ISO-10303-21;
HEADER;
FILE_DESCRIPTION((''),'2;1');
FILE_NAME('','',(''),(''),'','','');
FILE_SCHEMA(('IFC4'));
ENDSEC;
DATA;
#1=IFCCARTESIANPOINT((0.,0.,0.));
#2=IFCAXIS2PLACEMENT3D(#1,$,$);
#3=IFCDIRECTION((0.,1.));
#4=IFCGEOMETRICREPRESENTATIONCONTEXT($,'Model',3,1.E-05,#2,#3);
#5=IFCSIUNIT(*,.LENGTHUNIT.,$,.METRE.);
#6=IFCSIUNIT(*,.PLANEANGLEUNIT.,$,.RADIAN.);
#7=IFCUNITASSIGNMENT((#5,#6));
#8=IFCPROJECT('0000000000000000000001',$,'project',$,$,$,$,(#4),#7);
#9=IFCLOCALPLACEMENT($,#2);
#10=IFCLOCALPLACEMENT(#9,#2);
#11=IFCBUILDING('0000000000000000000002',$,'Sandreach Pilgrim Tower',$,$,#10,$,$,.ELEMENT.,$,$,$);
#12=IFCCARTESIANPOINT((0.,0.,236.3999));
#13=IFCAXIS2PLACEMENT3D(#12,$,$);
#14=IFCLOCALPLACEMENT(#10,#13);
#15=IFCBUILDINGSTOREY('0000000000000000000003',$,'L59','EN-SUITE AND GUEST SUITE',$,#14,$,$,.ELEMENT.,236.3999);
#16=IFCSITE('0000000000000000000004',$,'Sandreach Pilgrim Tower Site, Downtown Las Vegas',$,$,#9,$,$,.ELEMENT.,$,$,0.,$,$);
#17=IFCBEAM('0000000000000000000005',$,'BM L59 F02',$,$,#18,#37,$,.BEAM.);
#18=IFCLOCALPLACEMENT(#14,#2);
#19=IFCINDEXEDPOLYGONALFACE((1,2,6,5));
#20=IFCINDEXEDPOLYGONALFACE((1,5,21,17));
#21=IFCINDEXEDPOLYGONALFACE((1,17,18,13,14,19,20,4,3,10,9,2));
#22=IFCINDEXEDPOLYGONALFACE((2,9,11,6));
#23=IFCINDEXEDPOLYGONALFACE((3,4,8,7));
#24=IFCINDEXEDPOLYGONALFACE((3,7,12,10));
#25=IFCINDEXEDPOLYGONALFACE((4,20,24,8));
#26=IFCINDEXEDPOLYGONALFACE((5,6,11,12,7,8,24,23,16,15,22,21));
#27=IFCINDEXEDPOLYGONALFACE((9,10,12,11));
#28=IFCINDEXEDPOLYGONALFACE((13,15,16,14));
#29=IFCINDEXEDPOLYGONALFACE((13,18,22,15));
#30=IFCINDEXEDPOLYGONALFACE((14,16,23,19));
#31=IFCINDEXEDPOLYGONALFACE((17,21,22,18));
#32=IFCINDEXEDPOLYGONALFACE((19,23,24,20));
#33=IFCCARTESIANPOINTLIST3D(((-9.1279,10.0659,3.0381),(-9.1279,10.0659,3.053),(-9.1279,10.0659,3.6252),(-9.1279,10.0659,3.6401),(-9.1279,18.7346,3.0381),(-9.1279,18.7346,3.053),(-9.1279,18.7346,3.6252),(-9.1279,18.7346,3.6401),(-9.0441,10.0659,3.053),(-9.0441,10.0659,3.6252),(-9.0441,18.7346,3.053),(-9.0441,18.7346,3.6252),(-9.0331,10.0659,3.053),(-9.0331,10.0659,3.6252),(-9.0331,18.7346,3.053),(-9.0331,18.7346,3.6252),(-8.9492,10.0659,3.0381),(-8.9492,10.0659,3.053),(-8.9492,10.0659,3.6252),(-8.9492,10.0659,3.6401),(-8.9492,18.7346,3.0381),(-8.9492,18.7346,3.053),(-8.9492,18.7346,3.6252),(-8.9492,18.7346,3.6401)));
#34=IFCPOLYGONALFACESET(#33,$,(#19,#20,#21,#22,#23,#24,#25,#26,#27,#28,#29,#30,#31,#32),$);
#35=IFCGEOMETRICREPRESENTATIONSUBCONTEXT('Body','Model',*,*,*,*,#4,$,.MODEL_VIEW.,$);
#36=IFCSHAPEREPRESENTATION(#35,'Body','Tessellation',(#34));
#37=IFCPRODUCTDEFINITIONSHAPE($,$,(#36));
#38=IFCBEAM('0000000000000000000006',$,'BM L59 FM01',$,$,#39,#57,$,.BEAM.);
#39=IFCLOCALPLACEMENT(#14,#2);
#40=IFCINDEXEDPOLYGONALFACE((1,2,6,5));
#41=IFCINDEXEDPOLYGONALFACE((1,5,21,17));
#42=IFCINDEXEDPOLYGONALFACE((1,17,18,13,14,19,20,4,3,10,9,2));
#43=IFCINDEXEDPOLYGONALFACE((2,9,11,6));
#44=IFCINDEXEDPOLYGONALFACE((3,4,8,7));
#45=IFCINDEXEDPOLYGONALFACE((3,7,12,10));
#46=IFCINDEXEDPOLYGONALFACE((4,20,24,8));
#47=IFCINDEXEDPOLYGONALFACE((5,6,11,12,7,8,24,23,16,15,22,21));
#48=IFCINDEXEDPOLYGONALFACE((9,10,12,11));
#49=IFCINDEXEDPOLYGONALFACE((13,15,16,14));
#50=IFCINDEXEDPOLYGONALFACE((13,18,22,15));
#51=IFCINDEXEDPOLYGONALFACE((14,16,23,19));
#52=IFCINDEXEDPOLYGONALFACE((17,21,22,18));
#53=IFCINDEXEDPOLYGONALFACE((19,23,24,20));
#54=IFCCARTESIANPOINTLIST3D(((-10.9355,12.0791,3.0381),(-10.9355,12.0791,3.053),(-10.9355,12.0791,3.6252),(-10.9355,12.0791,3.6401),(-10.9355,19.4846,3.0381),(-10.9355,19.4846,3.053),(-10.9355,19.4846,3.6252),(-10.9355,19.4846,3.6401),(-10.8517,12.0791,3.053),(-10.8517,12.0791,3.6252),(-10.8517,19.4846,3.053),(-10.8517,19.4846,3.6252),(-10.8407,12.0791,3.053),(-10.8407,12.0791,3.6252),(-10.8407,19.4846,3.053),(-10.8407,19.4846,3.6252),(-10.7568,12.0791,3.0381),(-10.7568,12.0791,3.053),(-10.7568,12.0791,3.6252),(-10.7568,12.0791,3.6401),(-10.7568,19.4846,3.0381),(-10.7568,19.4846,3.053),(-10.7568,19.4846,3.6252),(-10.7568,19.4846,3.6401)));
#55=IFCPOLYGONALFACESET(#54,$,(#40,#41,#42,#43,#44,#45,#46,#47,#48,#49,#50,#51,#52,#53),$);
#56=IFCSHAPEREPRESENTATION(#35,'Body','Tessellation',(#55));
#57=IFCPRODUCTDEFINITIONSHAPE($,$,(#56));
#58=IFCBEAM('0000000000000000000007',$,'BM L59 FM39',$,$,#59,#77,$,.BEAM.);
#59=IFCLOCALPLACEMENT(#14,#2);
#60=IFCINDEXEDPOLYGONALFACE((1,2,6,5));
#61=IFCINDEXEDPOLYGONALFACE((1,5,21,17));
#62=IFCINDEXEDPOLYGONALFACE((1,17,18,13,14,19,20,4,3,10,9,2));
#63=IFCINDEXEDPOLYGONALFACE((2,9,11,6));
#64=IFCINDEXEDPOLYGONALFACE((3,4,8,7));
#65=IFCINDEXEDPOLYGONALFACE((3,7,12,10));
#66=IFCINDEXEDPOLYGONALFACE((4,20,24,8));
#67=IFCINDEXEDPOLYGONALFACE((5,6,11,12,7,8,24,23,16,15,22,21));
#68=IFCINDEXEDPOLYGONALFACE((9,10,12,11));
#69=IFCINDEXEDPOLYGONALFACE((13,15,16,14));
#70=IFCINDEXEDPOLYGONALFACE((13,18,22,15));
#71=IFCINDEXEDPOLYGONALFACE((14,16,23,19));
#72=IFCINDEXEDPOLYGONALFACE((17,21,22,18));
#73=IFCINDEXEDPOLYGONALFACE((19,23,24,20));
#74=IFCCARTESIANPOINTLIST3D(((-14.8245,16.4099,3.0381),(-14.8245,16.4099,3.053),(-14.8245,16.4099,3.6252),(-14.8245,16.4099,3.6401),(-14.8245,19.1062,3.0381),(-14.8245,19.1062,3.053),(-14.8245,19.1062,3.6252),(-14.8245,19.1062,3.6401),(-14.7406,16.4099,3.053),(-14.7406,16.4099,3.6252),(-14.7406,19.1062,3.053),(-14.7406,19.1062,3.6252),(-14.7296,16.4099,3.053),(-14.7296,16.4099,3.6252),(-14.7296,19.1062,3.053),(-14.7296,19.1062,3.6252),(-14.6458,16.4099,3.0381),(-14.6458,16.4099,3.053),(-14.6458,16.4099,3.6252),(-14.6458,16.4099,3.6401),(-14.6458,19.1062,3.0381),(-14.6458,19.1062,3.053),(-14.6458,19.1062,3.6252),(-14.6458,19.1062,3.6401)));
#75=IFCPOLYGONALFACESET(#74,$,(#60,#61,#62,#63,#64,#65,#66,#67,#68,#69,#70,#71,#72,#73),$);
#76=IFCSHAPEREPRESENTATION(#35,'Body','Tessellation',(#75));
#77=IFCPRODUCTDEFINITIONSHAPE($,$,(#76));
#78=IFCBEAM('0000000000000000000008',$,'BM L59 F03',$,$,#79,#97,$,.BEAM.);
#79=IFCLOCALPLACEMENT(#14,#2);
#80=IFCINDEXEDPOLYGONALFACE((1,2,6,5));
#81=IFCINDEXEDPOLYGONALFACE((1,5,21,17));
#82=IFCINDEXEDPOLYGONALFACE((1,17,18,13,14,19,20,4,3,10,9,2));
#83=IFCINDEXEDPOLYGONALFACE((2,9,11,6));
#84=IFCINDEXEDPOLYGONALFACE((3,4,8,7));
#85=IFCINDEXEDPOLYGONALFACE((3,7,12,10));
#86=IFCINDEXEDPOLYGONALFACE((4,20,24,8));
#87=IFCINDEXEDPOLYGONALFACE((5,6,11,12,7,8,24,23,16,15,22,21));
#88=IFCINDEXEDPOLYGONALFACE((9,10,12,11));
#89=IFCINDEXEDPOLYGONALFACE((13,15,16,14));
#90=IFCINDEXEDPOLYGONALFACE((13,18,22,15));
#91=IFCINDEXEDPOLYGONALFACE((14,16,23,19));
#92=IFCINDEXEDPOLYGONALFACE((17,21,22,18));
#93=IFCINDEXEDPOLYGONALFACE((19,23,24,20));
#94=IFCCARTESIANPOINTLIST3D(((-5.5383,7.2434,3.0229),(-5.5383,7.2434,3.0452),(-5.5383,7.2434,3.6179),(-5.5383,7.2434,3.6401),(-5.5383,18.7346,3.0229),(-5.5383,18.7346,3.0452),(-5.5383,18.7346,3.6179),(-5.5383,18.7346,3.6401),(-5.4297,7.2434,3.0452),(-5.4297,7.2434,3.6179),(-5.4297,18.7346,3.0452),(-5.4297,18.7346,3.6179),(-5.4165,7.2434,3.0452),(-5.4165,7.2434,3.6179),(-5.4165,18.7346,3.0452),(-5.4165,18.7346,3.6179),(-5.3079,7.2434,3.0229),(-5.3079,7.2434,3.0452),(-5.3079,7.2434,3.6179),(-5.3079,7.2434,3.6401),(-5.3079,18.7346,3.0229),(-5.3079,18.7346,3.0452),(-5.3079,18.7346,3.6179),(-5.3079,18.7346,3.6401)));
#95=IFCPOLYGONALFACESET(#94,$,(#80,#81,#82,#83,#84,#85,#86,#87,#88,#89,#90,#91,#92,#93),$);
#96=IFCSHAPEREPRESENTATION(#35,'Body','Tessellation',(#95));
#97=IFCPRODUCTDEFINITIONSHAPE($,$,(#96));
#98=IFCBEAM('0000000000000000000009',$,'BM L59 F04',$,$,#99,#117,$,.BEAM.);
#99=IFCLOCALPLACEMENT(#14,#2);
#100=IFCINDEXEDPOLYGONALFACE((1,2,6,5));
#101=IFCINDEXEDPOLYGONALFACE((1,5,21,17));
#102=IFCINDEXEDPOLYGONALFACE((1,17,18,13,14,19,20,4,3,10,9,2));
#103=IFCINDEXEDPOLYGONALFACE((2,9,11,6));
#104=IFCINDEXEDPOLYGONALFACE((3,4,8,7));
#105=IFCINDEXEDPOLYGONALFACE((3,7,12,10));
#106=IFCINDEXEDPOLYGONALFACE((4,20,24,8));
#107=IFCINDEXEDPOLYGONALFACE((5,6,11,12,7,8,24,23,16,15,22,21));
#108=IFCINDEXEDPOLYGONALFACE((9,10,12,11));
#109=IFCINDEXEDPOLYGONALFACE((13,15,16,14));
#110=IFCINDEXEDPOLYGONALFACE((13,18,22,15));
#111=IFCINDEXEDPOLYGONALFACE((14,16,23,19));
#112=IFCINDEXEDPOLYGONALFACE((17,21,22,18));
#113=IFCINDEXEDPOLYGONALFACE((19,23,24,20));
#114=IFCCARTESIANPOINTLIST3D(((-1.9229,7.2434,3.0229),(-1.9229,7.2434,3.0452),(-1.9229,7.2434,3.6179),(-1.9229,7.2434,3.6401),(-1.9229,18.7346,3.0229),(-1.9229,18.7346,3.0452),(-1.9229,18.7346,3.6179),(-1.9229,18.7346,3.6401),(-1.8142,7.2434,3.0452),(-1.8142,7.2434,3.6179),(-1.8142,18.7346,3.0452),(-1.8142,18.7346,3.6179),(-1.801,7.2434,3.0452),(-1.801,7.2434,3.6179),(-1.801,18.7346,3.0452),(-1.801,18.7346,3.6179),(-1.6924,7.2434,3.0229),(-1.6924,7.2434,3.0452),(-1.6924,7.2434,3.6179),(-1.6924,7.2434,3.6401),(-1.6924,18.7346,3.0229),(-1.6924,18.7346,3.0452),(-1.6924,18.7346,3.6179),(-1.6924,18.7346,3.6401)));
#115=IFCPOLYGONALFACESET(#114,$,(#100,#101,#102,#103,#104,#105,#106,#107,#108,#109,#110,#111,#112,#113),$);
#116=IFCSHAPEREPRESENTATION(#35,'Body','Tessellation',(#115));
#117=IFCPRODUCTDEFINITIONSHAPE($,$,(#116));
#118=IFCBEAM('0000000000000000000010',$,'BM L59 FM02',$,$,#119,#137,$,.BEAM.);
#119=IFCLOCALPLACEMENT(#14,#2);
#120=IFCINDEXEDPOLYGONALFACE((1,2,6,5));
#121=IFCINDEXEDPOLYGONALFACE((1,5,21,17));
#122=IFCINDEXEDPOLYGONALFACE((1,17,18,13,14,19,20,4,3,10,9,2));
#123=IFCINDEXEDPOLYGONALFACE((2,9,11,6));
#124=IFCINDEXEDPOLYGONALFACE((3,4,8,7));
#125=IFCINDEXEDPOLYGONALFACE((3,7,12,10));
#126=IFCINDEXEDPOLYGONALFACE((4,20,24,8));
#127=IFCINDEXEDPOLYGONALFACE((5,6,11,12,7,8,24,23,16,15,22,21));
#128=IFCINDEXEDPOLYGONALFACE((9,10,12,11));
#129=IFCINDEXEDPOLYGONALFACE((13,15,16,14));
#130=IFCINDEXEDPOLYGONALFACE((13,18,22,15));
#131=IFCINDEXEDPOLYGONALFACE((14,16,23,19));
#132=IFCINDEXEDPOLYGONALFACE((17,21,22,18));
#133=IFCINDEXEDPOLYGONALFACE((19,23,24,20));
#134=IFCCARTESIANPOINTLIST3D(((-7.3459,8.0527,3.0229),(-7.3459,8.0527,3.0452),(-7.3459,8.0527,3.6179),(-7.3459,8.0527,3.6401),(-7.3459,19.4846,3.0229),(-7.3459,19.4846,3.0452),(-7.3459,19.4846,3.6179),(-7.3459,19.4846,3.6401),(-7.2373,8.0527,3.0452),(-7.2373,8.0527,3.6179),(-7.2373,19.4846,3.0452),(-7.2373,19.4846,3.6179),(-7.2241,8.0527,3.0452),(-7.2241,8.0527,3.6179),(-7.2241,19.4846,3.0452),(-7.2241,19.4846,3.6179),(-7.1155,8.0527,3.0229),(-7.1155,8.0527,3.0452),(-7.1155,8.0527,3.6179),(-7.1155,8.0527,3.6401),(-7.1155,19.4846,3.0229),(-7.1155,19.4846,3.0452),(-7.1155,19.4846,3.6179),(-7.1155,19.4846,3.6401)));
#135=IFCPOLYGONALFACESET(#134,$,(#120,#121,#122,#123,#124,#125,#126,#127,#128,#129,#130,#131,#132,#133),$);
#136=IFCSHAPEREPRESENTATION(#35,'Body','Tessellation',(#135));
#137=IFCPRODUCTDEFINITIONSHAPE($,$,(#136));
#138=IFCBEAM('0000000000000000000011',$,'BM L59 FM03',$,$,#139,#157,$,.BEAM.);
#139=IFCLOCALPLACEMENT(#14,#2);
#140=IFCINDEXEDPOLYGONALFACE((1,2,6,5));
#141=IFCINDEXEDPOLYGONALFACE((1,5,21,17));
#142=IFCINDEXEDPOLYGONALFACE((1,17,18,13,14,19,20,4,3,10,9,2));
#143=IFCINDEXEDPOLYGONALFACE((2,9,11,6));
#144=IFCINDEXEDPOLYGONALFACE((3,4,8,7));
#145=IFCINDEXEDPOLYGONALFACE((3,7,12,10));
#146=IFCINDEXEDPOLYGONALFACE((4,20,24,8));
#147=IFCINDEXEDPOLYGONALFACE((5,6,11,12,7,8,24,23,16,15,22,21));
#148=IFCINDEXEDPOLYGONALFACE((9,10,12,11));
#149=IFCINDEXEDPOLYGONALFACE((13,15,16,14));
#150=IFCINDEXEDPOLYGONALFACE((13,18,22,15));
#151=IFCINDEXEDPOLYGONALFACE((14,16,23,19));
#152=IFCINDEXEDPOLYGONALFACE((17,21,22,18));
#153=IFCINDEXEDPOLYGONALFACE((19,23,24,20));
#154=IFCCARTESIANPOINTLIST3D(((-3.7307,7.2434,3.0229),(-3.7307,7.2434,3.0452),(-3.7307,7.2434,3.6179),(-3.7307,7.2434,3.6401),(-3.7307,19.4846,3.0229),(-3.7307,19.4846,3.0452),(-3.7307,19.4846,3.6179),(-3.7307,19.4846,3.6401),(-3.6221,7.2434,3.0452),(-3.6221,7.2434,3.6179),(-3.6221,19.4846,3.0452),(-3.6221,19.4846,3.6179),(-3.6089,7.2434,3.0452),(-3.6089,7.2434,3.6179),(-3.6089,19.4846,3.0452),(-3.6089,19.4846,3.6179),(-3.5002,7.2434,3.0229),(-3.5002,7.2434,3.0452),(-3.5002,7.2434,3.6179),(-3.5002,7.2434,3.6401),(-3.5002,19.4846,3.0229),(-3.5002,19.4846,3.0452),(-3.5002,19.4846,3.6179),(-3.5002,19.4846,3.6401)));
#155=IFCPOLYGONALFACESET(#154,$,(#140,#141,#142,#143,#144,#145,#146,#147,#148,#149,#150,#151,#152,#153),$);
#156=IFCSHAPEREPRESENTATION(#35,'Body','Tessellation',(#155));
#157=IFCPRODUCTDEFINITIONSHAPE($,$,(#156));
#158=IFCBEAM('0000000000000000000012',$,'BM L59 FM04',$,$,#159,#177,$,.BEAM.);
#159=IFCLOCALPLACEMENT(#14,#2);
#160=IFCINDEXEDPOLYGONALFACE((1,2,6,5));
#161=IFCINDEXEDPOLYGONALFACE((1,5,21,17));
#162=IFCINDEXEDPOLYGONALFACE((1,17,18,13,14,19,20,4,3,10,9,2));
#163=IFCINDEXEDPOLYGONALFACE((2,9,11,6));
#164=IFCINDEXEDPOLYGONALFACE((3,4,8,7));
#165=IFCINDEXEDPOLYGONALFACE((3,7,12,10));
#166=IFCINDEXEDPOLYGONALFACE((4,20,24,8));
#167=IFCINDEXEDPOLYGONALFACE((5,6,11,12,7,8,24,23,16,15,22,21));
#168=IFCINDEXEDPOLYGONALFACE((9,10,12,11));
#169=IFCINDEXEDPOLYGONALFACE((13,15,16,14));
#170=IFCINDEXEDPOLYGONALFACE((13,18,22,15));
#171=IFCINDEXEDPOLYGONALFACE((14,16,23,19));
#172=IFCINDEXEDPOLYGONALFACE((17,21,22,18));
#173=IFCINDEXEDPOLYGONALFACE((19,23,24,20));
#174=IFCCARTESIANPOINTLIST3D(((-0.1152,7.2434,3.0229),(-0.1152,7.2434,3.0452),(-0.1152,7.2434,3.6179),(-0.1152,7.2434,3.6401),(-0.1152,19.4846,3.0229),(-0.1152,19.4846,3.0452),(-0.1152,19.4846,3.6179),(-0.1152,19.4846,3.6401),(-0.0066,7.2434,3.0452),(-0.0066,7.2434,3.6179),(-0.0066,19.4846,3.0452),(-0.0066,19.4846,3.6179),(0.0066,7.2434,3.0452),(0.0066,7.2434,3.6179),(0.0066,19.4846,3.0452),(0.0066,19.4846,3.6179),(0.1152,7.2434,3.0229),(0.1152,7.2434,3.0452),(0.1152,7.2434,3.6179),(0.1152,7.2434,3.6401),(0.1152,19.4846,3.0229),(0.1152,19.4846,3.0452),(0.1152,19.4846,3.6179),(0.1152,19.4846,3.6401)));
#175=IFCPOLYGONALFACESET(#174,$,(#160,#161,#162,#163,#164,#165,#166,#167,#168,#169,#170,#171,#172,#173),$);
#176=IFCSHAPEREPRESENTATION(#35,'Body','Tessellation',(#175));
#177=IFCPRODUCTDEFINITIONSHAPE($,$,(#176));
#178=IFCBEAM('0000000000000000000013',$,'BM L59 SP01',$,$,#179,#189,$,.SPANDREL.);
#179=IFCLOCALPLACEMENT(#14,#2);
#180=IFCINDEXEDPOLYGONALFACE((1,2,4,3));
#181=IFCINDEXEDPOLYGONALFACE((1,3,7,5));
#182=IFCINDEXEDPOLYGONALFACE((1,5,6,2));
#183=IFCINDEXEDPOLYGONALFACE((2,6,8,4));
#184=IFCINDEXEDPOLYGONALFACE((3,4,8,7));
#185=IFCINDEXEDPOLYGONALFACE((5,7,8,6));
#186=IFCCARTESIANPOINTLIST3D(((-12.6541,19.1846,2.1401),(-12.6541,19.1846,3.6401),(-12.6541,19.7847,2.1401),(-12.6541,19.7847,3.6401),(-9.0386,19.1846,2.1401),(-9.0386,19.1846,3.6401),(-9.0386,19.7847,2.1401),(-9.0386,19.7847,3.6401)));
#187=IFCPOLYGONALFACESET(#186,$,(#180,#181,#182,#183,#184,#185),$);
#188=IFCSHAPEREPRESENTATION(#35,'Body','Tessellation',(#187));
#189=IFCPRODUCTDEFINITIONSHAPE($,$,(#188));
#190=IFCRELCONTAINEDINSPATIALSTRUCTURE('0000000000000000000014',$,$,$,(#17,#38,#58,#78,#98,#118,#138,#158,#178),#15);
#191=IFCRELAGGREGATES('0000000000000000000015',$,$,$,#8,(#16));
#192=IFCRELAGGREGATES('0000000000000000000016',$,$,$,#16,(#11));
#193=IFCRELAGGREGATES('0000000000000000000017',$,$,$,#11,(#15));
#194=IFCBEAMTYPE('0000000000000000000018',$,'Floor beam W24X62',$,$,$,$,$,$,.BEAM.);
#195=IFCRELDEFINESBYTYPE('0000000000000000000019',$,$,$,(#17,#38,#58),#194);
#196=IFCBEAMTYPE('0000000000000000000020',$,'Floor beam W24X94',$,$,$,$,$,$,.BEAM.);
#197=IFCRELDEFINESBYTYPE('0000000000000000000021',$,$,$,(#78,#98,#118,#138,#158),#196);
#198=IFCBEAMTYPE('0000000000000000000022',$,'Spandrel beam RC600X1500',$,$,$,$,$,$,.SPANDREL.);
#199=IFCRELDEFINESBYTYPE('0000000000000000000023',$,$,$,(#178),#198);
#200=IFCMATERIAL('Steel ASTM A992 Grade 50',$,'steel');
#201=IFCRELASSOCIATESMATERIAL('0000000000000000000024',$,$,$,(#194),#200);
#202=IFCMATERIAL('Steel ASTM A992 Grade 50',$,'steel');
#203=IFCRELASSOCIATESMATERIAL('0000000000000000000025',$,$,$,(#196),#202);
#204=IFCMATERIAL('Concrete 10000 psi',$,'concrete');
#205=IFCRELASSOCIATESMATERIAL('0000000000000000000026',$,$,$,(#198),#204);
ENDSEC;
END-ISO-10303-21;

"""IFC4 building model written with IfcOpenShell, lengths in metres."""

from ifc_helpers import new_model, si_unit, direction, frame, origin, origin_2d, place, context, subcontext, project, spatial, rectangle, i_section, extrude, material, material_profile, profile_set, type_object, element, save


model = new_model("IFC4")

# Units and contexts
model_context = context("Model", 3, precision=1e-05, world=origin(), true_north=direction((0.0, 1.0)))
body_context = subcontext(model_context, "Body", "Model", "MODEL_VIEW")
ifc_project = project(units=[si_unit("LENGTHUNIT", "METRE"), si_unit("PLANEANGLEUNIT", "RADIAN")], contexts=[model_context])

# Site, building, storey
site_placement = place(None, origin())
site = spatial("IfcSite", under=ifc_project, at=site_placement, Name="Sandreach Pilgrim Tower Site, Downtown Las Vegas", CompositionType="ELEMENT", RefElevation=0.0)
building_placement = place(site_placement, origin())
building = spatial("IfcBuilding", under=site, at=building_placement, Name="Sandreach Pilgrim Tower", CompositionType="ELEMENT")
storey_placement = place(building_placement, frame((0.0, 0.0, 236.3999)))
storey = spatial("IfcBuildingStorey", under=building, at=storey_placement, Name="L59", Description="EN-SUITE AND GUEST SUITE", CompositionType="ELEMENT", Elevation=236.3999)

# Beams
ifc_material_1 = material(Name="Steel ASTM A992 Grade 50", Category="steel")
ifc_material_profile_1 = material_profile(ifc_material_1, i_section(OverallWidth=0.1787, OverallDepth=0.6021, WebThickness=0.011, FlangeThickness=0.0149, at=origin_2d()), Name="W24X62")
ifc_profile_set_1 = profile_set([ifc_material_profile_1], Name="Steel ASTM A992 Grade 50")
beam_type_1 = type_object("IfcBeamType", Name="Floor beam W24X62", PredefinedType="BEAM", material=ifc_profile_set_1)
beam_1_placement = place(storey_placement, frame((-9.0386, 18.7346, 3.3391), z_axis=(0.0, -1.0, 0.0), x_axis=(1.0, 0.0, 0.0)))
element("IfcBeam", 1, at=beam_1_placement, inside=storey, type_object=beam_type_1, Name="BM L59 F02", PredefinedType="BEAM", context=body_context, shape_type="SweptSolid", body=[
    extrude(i_section(OverallWidth=0.1787, OverallDepth=0.6021, WebThickness=0.011, FlangeThickness=0.0149, at=origin_2d()), origin(), (0.0, 0.0, 1.0), 8.6687),
])
beam_2_placement = place(storey_placement, frame((-10.8462, 19.4846, 3.3391), z_axis=(0.0, -1.0, 0.0), x_axis=(1.0, 0.0, 0.0)))
element("IfcBeam", 2, at=beam_2_placement, inside=storey, type_object=beam_type_1, Name="BM L59 FM01", PredefinedType="BEAM", context=body_context, shape_type="SweptSolid", body=[
    extrude(i_section(OverallWidth=0.1787, OverallDepth=0.6021, WebThickness=0.011, FlangeThickness=0.0149, at=origin_2d()), origin(), (0.0, 0.0, 1.0), 7.4055),
])
beam_3_placement = place(storey_placement, frame((-14.7351, 19.1062, 3.3391), z_axis=(0.0, -1.0, 0.0), x_axis=(1.0, 0.0, 0.0)))
element("IfcBeam", 3, at=beam_3_placement, inside=storey, type_object=beam_type_1, Name="BM L59 FM39", PredefinedType="BEAM", context=body_context, shape_type="SweptSolid", body=[
    extrude(i_section(OverallWidth=0.1787, OverallDepth=0.6021, WebThickness=0.011, FlangeThickness=0.0149, at=origin_2d()), origin(), (0.0, 0.0, 1.0), 2.6963),
])
ifc_material_2 = material(Name="Steel ASTM A992 Grade 50", Category="steel")
ifc_material_profile_2 = material_profile(ifc_material_2, i_section(OverallWidth=0.2305, OverallDepth=0.6172, WebThickness=0.0132, FlangeThickness=0.0222, at=origin_2d()), Name="W24X94")
ifc_profile_set_2 = profile_set([ifc_material_profile_2], Name="Steel ASTM A992 Grade 50")
beam_type_2 = type_object("IfcBeamType", Name="Floor beam W24X94", PredefinedType="BEAM", material=ifc_profile_set_2)
for number, where, z_axis, x_axis, name in (
    (4, (-5.4231, 18.7346, 3.3315), (0.0, -1.0, 0.0), (1.0, 0.0, 0.0), "BM L59 F03"),
    (5, (-1.8076, 18.7346, 3.3315), (0.0, -1.0, 0.0), (1.0, 0.0, 0.0), "BM L59 F04"),
):
    element("IfcBeam", number, at=place(storey_placement, frame(where, z_axis=z_axis, x_axis=x_axis)), inside=storey, type_object=beam_type_2, Name=name, PredefinedType="BEAM", context=body_context, shape_type="SweptSolid", body=[
        extrude(i_section(OverallWidth=0.2305, OverallDepth=0.6172, WebThickness=0.0132, FlangeThickness=0.0222, at=origin_2d()), origin(), (0.0, 0.0, 1.0), 11.4912),
    ])
beam_4_placement = place(storey_placement, frame((-7.2307, 19.4846, 3.3315), z_axis=(0.0, -1.0, 0.0), x_axis=(1.0, 0.0, 0.0)))
element("IfcBeam", 6, at=beam_4_placement, inside=storey, type_object=beam_type_2, Name="BM L59 FM02", PredefinedType="BEAM", context=body_context, shape_type="SweptSolid", body=[
    extrude(i_section(OverallWidth=0.2305, OverallDepth=0.6172, WebThickness=0.0132, FlangeThickness=0.0222, at=origin_2d()), origin(), (0.0, 0.0, 1.0), 11.4319),
])
for number, where, z_axis, x_axis, name in (
    (7, (-3.6155, 19.4846, 3.3315), (0.0, -1.0, 0.0), (1.0, 0.0, 0.0), "BM L59 FM03"),
    (8, (0.0, 19.4846, 3.3315), (0.0, -1.0, 0.0), (1.0, 0.0, 0.0), "BM L59 FM04"),
):
    element("IfcBeam", number, at=place(storey_placement, frame(where, z_axis=z_axis, x_axis=x_axis)), inside=storey, type_object=beam_type_2, Name=name, PredefinedType="BEAM", context=body_context, shape_type="SweptSolid", body=[
        extrude(i_section(OverallWidth=0.2305, OverallDepth=0.6172, WebThickness=0.0132, FlangeThickness=0.0222, at=origin_2d()), origin(), (0.0, 0.0, 1.0), 12.2412),
    ])
ifc_material_3 = material(Name="Concrete 10000 psi", Category="concrete")
ifc_material_profile_3 = material_profile(ifc_material_3, rectangle(XDim=0.6001, YDim=1.5, at=origin_2d()), Name="RC600X1500")
ifc_profile_set_3 = profile_set([ifc_material_profile_3], Name="Concrete 10000 psi")
beam_type_3 = type_object("IfcBeamType", Name="Spandrel beam RC600X1500", PredefinedType="SPANDREL", material=ifc_profile_set_3)
for number, where, z_axis, x_axis, name in (
    (9, (-12.6541, 19.4846, 2.8901), (1.0, 0.0, 0.0), (0.0, 1.0, 0.0), "BM L59 SP01"),
):
    element("IfcBeam", number, at=place(storey_placement, frame(where, z_axis=z_axis, x_axis=x_axis)), inside=storey, type_object=beam_type_3, Name=name, PredefinedType="SPANDREL", context=body_context, shape_type="SweptSolid", body=[
        extrude(rectangle(XDim=0.6001, YDim=1.5, at=origin_2d()), origin(), (0.0, 0.0, 1.0), 3.6155),
    ])

save(model, "model.ifc")
